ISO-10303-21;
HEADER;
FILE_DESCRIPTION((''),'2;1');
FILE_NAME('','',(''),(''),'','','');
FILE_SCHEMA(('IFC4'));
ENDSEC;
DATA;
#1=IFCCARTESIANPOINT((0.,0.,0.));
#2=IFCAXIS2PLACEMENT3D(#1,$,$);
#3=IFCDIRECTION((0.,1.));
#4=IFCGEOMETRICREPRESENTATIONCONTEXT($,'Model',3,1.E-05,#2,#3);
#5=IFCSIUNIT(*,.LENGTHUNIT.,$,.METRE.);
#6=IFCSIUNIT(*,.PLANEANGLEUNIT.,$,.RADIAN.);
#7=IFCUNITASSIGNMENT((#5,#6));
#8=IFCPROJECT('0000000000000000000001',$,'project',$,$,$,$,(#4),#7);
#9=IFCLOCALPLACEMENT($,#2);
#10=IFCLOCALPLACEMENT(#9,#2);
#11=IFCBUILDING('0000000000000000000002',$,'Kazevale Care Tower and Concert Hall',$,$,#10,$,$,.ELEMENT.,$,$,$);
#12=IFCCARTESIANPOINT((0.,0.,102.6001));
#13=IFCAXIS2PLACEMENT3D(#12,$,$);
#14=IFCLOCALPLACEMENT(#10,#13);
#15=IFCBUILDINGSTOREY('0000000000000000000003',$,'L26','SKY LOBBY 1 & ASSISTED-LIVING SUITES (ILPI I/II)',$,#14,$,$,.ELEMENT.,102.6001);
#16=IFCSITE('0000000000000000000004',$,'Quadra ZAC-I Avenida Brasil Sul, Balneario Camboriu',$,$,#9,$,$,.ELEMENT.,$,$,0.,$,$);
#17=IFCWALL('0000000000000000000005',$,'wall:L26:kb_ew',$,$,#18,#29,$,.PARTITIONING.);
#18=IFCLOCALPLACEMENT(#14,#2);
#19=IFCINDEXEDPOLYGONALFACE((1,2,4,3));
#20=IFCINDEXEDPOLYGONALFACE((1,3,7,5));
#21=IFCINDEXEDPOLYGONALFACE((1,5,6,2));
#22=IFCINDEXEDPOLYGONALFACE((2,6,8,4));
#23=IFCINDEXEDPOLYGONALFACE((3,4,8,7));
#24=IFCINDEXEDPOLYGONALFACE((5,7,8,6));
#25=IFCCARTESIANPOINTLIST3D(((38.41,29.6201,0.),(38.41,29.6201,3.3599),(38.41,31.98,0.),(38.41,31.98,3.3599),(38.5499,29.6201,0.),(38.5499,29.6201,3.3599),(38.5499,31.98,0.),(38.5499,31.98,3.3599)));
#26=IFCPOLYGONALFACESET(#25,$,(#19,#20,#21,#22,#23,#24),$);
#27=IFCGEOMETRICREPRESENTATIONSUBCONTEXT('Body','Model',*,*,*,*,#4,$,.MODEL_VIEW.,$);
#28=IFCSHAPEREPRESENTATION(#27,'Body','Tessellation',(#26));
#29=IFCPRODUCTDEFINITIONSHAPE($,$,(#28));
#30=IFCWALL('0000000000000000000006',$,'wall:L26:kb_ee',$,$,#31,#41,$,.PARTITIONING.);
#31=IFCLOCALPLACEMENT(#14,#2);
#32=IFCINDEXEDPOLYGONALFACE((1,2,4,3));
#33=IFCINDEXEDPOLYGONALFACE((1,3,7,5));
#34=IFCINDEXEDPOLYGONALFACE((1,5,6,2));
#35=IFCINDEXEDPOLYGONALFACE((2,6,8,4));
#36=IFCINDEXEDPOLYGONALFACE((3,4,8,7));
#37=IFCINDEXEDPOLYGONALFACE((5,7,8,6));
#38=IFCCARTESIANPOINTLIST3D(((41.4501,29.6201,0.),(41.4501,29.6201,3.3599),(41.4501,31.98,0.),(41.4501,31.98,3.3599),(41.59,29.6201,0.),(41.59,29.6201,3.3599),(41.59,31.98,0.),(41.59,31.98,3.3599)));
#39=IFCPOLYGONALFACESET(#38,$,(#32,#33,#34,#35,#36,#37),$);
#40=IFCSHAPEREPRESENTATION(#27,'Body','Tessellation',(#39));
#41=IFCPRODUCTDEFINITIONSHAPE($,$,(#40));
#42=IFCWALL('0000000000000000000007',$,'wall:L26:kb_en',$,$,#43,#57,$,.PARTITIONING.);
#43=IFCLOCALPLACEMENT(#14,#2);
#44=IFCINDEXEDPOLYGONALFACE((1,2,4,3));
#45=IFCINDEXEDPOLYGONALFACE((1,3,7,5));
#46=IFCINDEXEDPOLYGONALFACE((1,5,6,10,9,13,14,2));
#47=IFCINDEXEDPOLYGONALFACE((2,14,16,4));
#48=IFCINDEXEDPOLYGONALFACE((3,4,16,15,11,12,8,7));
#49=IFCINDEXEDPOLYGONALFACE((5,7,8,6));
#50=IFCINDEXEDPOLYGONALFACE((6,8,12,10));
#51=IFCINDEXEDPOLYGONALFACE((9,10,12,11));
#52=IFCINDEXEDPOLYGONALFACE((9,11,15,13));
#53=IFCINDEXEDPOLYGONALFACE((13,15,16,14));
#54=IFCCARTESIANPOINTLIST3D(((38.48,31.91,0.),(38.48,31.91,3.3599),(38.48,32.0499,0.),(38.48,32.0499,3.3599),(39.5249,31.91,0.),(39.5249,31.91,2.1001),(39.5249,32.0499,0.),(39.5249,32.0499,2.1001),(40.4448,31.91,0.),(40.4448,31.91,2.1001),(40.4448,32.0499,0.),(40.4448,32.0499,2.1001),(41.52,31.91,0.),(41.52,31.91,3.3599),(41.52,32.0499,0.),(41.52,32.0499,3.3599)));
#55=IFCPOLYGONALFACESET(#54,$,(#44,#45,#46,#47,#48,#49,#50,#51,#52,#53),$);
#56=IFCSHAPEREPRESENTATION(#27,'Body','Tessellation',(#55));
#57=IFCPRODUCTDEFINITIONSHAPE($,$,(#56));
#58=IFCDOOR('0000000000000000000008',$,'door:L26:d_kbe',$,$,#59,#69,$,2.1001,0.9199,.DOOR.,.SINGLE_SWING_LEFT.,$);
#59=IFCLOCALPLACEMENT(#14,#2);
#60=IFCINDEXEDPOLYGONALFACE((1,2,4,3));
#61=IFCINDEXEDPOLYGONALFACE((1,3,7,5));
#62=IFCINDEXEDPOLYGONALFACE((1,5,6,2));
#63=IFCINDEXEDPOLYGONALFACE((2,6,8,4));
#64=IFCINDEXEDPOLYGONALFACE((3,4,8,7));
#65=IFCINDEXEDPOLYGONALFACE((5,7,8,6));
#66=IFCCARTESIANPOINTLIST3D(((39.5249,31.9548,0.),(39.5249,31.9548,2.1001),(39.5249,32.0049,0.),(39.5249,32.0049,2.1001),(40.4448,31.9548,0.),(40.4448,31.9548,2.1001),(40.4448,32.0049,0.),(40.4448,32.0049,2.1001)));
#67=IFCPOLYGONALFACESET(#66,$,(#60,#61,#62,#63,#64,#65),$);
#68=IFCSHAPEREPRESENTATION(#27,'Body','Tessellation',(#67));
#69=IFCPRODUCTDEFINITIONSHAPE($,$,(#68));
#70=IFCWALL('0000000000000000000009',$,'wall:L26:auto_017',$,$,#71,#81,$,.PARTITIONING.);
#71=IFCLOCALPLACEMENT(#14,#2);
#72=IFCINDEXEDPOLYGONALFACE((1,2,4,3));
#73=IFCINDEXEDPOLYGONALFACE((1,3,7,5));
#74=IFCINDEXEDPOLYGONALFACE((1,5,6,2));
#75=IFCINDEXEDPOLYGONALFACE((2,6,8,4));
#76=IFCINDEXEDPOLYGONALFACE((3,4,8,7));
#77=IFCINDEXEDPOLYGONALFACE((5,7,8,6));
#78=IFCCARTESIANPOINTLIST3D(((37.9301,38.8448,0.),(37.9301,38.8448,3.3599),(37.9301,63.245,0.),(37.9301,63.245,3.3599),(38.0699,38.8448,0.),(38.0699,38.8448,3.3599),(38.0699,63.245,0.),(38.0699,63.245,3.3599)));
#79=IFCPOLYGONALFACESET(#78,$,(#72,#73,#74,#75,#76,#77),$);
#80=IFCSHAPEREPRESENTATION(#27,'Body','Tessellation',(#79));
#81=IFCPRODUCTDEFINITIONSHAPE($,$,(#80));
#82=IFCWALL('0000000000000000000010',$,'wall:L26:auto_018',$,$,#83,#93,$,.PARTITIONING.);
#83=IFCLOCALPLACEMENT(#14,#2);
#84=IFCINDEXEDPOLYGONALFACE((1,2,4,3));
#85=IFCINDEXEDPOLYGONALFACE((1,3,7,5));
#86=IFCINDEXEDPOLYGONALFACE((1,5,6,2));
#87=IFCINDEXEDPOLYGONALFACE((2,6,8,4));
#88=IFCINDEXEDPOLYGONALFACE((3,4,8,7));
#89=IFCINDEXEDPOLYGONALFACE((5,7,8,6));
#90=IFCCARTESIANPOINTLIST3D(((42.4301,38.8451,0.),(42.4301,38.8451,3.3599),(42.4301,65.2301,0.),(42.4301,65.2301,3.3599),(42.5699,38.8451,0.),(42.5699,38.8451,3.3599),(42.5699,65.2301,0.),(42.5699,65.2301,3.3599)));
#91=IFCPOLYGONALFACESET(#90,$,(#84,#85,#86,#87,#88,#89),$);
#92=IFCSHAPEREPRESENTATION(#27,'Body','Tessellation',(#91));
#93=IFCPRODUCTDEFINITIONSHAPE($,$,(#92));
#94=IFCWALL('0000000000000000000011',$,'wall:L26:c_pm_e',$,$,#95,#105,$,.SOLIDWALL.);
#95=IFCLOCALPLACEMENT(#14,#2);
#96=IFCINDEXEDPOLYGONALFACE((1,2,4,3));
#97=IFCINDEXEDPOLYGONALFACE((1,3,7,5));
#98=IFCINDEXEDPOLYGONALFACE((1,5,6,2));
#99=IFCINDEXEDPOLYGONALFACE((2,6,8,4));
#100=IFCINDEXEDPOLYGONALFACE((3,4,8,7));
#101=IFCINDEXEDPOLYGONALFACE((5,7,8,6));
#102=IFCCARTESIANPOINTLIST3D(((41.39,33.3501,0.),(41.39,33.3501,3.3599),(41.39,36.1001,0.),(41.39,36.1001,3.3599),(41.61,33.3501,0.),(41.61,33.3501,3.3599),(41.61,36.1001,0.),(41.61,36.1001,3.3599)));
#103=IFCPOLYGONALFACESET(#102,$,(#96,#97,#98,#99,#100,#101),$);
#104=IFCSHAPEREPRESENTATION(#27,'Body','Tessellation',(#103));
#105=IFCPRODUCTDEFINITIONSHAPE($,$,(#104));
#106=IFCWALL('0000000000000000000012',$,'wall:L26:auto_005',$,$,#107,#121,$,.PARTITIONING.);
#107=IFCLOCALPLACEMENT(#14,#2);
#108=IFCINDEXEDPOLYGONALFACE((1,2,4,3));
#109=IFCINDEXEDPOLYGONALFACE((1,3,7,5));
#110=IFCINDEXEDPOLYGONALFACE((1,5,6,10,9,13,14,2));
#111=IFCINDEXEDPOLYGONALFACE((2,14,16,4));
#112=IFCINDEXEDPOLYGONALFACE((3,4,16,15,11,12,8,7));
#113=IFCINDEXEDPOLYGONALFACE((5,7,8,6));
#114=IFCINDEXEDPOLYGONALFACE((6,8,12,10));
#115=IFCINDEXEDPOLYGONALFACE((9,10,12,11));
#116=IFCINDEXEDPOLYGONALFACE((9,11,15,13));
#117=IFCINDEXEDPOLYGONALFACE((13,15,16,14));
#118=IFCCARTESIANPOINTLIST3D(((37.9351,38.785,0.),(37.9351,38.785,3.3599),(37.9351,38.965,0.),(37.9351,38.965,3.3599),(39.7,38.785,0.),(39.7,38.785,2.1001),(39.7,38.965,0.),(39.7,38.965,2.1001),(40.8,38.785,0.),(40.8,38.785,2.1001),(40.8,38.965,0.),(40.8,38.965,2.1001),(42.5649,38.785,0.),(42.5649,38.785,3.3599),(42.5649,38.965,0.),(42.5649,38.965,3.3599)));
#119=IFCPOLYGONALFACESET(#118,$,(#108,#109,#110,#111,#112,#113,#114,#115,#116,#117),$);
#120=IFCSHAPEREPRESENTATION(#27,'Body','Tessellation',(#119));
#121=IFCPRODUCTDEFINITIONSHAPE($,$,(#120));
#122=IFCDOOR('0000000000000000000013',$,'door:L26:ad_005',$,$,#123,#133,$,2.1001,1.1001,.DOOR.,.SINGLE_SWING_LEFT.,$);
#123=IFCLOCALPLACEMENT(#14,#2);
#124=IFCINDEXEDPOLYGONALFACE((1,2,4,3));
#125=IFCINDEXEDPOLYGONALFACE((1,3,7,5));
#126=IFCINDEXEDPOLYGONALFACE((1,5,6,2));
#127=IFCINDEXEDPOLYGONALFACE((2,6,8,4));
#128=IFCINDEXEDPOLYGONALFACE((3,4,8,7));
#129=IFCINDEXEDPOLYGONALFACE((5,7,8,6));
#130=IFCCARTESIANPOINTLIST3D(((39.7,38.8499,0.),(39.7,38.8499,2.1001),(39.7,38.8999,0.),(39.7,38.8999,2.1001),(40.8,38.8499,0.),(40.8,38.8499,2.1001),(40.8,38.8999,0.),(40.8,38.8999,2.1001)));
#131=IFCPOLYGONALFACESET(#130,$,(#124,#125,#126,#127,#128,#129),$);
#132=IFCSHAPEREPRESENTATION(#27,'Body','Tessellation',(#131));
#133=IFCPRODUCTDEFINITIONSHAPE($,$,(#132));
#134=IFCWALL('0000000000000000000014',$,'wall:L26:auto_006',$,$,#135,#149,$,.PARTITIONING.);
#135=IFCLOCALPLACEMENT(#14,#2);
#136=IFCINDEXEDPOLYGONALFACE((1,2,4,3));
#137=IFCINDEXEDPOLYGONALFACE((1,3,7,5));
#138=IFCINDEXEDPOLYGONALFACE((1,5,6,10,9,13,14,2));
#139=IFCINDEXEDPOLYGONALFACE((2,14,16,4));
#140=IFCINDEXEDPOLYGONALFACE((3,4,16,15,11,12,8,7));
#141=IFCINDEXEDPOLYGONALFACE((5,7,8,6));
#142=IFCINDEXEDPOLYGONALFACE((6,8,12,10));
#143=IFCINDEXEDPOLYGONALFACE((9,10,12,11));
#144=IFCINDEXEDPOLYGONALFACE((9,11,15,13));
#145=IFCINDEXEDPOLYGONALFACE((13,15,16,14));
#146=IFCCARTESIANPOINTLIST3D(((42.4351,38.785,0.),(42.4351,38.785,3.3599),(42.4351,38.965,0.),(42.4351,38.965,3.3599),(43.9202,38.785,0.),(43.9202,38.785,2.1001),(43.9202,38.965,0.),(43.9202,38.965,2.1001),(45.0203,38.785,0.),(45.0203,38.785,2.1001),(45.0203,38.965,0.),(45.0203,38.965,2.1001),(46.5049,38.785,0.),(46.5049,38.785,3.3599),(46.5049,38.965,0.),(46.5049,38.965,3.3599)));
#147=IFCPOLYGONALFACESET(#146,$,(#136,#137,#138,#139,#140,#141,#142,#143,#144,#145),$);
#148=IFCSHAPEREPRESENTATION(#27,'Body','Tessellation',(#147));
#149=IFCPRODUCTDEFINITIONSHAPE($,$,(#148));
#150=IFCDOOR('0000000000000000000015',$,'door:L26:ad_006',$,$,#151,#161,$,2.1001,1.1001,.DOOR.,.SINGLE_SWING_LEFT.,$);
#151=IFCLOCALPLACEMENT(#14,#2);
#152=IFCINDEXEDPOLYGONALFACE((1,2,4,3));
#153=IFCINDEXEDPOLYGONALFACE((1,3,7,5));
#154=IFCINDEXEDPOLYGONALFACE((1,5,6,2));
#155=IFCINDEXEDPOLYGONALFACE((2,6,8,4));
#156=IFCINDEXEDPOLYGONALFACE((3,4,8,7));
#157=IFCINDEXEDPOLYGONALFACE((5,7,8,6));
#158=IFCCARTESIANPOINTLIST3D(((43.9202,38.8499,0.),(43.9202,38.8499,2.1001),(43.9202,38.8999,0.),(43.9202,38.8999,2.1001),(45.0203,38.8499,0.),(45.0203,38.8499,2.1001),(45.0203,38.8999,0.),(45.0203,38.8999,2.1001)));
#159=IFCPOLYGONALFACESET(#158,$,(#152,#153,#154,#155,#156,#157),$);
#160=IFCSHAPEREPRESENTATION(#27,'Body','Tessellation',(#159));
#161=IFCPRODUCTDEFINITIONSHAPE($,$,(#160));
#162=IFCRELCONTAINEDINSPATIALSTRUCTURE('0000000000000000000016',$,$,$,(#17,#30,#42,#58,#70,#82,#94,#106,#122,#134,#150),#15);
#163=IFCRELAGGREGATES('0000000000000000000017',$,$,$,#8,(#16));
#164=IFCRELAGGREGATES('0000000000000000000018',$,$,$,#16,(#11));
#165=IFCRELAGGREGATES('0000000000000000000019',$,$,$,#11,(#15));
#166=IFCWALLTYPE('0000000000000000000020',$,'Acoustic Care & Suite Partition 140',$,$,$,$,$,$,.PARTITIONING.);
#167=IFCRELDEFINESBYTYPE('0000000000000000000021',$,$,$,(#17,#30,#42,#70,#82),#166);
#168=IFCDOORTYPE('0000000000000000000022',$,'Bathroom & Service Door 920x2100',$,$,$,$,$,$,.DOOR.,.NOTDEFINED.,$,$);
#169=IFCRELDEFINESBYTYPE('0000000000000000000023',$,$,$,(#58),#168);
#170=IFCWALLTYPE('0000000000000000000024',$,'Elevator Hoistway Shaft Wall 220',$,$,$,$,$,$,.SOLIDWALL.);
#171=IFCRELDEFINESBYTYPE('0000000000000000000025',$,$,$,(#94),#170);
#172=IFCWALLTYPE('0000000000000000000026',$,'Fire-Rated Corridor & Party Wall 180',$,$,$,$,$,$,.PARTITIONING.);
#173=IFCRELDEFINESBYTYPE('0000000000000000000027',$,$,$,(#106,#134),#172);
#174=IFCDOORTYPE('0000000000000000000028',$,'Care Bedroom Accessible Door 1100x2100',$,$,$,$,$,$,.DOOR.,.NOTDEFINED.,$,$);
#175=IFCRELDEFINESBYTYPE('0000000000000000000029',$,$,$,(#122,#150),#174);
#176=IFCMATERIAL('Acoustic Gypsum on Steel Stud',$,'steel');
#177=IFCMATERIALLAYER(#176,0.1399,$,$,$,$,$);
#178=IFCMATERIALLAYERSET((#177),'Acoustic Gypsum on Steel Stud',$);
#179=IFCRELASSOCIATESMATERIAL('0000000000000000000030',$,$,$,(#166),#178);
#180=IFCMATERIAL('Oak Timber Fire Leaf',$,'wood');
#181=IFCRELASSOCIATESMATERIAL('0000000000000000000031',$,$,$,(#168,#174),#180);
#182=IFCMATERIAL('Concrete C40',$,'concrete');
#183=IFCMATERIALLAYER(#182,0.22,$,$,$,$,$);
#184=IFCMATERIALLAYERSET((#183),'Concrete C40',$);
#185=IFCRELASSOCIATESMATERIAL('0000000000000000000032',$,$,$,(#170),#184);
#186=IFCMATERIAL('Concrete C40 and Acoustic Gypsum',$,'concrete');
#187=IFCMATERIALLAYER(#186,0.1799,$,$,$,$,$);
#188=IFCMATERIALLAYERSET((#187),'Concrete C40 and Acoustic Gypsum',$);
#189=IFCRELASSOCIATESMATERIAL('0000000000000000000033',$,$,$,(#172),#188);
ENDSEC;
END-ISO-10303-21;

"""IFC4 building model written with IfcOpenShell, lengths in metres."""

from ifc_helpers import new_model, si_unit, direction, frame, frame_2d, origin, place, context, subcontext, project, spatial, rectangle, extrude, material, layer, layer_set, type_object, element, fill, save


model = new_model("IFC4")

# Units and contexts
model_context = context("Model", 3, precision=1e-05, world=origin(), true_north=direction((0.0, 1.0)))
body_context = subcontext(model_context, "Body", "Model", "MODEL_VIEW")
ifc_project = project(units=[si_unit("LENGTHUNIT", "METRE"), si_unit("PLANEANGLEUNIT", "RADIAN")], contexts=[model_context])

# Site, building, storey
site_placement = place(None, origin())
site = spatial("IfcSite", under=ifc_project, at=site_placement, Name="Quadra ZAC-I Avenida Brasil Sul, Balneario Camboriu", CompositionType="ELEMENT", RefElevation=0.0)
building_placement = place(site_placement, origin())
building = spatial("IfcBuilding", under=site, at=building_placement, Name="Kazevale Care Tower and Concert Hall", CompositionType="ELEMENT")
storey_placement = place(building_placement, frame((0.0, 0.0, 102.6001)))
storey = spatial("IfcBuildingStorey", under=building, at=storey_placement, Name="L26", Description="SKY LOBBY 1 & ASSISTED-LIVING SUITES (ILPI I/II)", CompositionType="ELEMENT", Elevation=102.6001)

# Walls
ifc_material_1 = material(Name="Acoustic Gypsum on Steel Stud", Category="steel")
ifc_layer_1 = layer(ifc_material_1, 0.1399)
ifc_layer_set_1 = layer_set([ifc_layer_1], Name="Acoustic Gypsum on Steel Stud")
wall_type_1 = type_object("IfcWallType", Name="Acoustic Care & Suite Partition 140", PredefinedType="PARTITIONING", material=ifc_layer_set_1)
for number, where, z_axis, x_axis, name in (
    (1, (38.48, 29.6201, 0.0), (0.0, 0.0, 1.0), (0.0, 1.0, 0.0), "wall:L26:kb_ew"),
    (2, (41.52, 29.6201, 0.0), (0.0, 0.0, 1.0), (0.0, 1.0, 0.0), "wall:L26:kb_ee"),
):
    element("IfcWall", number, at=place(storey_placement, frame(where, z_axis=z_axis, x_axis=x_axis)), inside=storey, type_object=wall_type_1, Name=name, PredefinedType="PARTITIONING", context=body_context, shape_type="SweptSolid", body=[
        extrude(rectangle(XDim=2.3599, YDim=0.1399, at=frame_2d((1.1799, 0.0))), origin(), (0.0, 0.0, 1.0), 3.3599),
    ])

# Wall, opening, door
wall_1_placement = place(storey_placement, frame((38.48, 31.98, 0.0), z_axis=(0.0, 0.0, 1.0), x_axis=(1.0, 0.0, 0.0)))
wall_1 = element("IfcWall", 3, at=wall_1_placement, inside=storey, type_object=wall_type_1, Name="wall:L26:kb_en", PredefinedType="PARTITIONING", context=body_context, shape_type="SweptSolid", body=[
    extrude(rectangle(XDim=3.04, YDim=0.1399, at=frame_2d((1.52, 0.0))), origin(), (0.0, 0.0, 1.0), 3.3599),
])
opening_1_placement = place(wall_1_placement, frame((1.0449, 0.0, 0.0)))
opening_1 = element("IfcOpeningElement", 4, at=opening_1_placement, cuts=wall_1, PredefinedType="OPENING", context=body_context, shape_type="SweptSolid", body=[
    extrude(rectangle(XDim=0.9199, YDim=2.1001, at=frame_2d((0.46, 1.05))), frame((0.0, 0.0798, 0.0), z_axis=(0.0, -1.0, 0.0), x_axis=(1.0, 0.0, 0.0)), (0.0, 0.0, 1.0), 0.1599),
])
ifc_material_2 = material(Name="Oak Timber Fire Leaf", Category="wood")
door_type_1 = type_object("IfcDoorType", Name="Bathroom & Service Door 920x2100", OperationType="NOTDEFINED", PredefinedType="DOOR", material=ifc_material_2)
door_1_placement = place(opening_1_placement, origin())
door_1 = element("IfcDoor", 5, at=door_1_placement, inside=storey, type_object=door_type_1, Name="door:L26:d_kbe", OperationType="SINGLE_SWING_LEFT", OverallHeight=2.1001, OverallWidth=0.9199, PredefinedType="DOOR", context=body_context, shape_type="SweptSolid", body=[
    extrude(rectangle(XDim=0.9199, YDim=2.1001, at=frame_2d((0.46, 1.05))), frame((0.0, 0.0249, 0.0), z_axis=(0.0, -1.0, 0.0), x_axis=(1.0, 0.0, 0.0)), (0.0, 0.0, 1.0), 0.05),
])
fill(opening_1, door_1)

# Walls
wall_2_placement = place(storey_placement, frame((38.0, 63.2451, 0.0), z_axis=(0.0, 0.0, 1.0), x_axis=(0.0, -1.0, 0.0)))
element("IfcWall", 6, at=wall_2_placement, inside=storey, type_object=wall_type_1, Name="wall:L26:auto_017", PredefinedType="PARTITIONING", context=body_context, shape_type="SweptSolid", body=[
    extrude(rectangle(XDim=24.4001, YDim=0.1399, at=frame_2d((12.2002, 0.0))), origin(), (0.0, 0.0, 1.0), 3.3599),
])
wall_3_placement = place(storey_placement, frame((42.5, 65.23, 0.0), z_axis=(0.0, 0.0, 1.0), x_axis=(0.0, -1.0, 0.0)))
element("IfcWall", 7, at=wall_3_placement, inside=storey, type_object=wall_type_1, Name="wall:L26:auto_018", PredefinedType="PARTITIONING", context=body_context, shape_type="SweptSolid", body=[
    extrude(rectangle(XDim=26.385, YDim=0.1399, at=frame_2d((13.1924, 0.0))), origin(), (0.0, 0.0, 1.0), 3.3599),
])
ifc_material_3 = material(Name="Concrete C40", Category="concrete")
ifc_layer_2 = layer(ifc_material_3, 0.22)
ifc_layer_set_2 = layer_set([ifc_layer_2], Name="Concrete C40")
wall_type_2 = type_object("IfcWallType", Name="Elevator Hoistway Shaft Wall 220", PredefinedType="SOLIDWALL", material=ifc_layer_set_2)
wall_4_placement = place(storey_placement, frame((41.5, 33.3501, 0.0), z_axis=(0.0, 0.0, 1.0), x_axis=(0.0, 1.0, 0.0)))
element("IfcWall", 8, at=wall_4_placement, inside=storey, type_object=wall_type_2, Name="wall:L26:c_pm_e", PredefinedType="SOLIDWALL", context=body_context, shape_type="SweptSolid", body=[
    extrude(rectangle(XDim=2.75, YDim=0.22, at=frame_2d((1.375, 0.0))), origin(), (0.0, 0.0, 1.0), 3.3599),
])

# Walls, openings, doors
ifc_material_4 = material(Name="Concrete C40 and Acoustic Gypsum", Category="concrete")
ifc_layer_3 = layer(ifc_material_4, 0.1799)
ifc_layer_set_3 = layer_set([ifc_layer_3], Name="Concrete C40 and Acoustic Gypsum")
wall_type_3 = type_object("IfcWallType", Name="Fire-Rated Corridor & Party Wall 180", PredefinedType="PARTITIONING", material=ifc_layer_set_3)
wall_5_placement = place(storey_placement, frame((37.9351, 38.875, 0.0), z_axis=(0.0, 0.0, 1.0), x_axis=(1.0, 0.0, 0.0)))
wall_5 = element("IfcWall", 9, at=wall_5_placement, inside=storey, type_object=wall_type_3, Name="wall:L26:auto_005", PredefinedType="PARTITIONING", context=body_context, shape_type="SweptSolid", body=[
    extrude(rectangle(XDim=4.6299, YDim=0.1799, at=frame_2d((2.3149, 0.0))), origin(), (0.0, 0.0, 1.0), 3.3599),
])
opening_2_placement = place(wall_5_placement, frame((1.7649, 0.0, 0.0)))
opening_2 = element("IfcOpeningElement", 10, at=opening_2_placement, cuts=wall_5, PredefinedType="OPENING", context=body_context, shape_type="SweptSolid", body=[
    extrude(rectangle(XDim=1.1001, YDim=2.1001, at=frame_2d((0.55, 1.05))), frame((0.0, 0.0999, 0.0), z_axis=(0.0, -1.0, 0.0), x_axis=(1.0, 0.0, 0.0)), (0.0, 0.0, 1.0), 0.2),
])
door_type_2 = type_object("IfcDoorType", Name="Care Bedroom Accessible Door 1100x2100", OperationType="NOTDEFINED", PredefinedType="DOOR", material=ifc_material_2)
door_2_placement = place(opening_2_placement, origin())
door_2 = element("IfcDoor", 11, at=door_2_placement, inside=storey, type_object=door_type_2, Name="door:L26:ad_005", OperationType="SINGLE_SWING_LEFT", OverallHeight=2.1001, OverallWidth=1.1001, PredefinedType="DOOR", context=body_context, shape_type="SweptSolid", body=[
    extrude(rectangle(XDim=1.1001, YDim=2.1001, at=frame_2d((0.55, 1.05))), frame((0.0, 0.0249, 0.0), z_axis=(0.0, -1.0, 0.0), x_axis=(1.0, 0.0, 0.0)), (0.0, 0.0, 1.0), 0.05),
])
fill(opening_2, door_2)
wall_6_placement = place(storey_placement, frame((42.4351, 38.875, 0.0), z_axis=(0.0, 0.0, 1.0), x_axis=(1.0, 0.0, 0.0)))
wall_6 = element("IfcWall", 12, at=wall_6_placement, inside=storey, type_object=wall_type_3, Name="wall:L26:auto_006", PredefinedType="PARTITIONING", context=body_context, shape_type="SweptSolid", body=[
    extrude(rectangle(XDim=4.0698, YDim=0.1799, at=frame_2d((2.0349, 0.0))), origin(), (0.0, 0.0, 1.0), 3.3599),
])
opening_3_placement = place(wall_6_placement, frame((1.4851, 0.0, 0.0)))
opening_3 = element("IfcOpeningElement", 13, at=opening_3_placement, cuts=wall_6, PredefinedType="OPENING", context=body_context, shape_type="SweptSolid", body=[
    extrude(rectangle(XDim=1.1001, YDim=2.1001, at=frame_2d((0.55, 1.05))), frame((0.0, 0.0999, 0.0), z_axis=(0.0, -1.0, 0.0), x_axis=(1.0, 0.0, 0.0)), (0.0, 0.0, 1.0), 0.2),
])
door_3_placement = place(opening_3_placement, origin())
door_3 = element("IfcDoor", 14, at=door_3_placement, inside=storey, type_object=door_type_2, Name="door:L26:ad_006", OperationType="SINGLE_SWING_LEFT", OverallHeight=2.1001, OverallWidth=1.1001, PredefinedType="DOOR", context=body_context, shape_type="SweptSolid", body=[
    extrude(rectangle(XDim=1.1001, YDim=2.1001, at=frame_2d((0.55, 1.05))), frame((0.0, 0.0249, 0.0), z_axis=(0.0, -1.0, 0.0), x_axis=(1.0, 0.0, 0.0)), (0.0, 0.0, 1.0), 0.05),
])
fill(opening_3, door_3)

save(model, "model.ifc")
